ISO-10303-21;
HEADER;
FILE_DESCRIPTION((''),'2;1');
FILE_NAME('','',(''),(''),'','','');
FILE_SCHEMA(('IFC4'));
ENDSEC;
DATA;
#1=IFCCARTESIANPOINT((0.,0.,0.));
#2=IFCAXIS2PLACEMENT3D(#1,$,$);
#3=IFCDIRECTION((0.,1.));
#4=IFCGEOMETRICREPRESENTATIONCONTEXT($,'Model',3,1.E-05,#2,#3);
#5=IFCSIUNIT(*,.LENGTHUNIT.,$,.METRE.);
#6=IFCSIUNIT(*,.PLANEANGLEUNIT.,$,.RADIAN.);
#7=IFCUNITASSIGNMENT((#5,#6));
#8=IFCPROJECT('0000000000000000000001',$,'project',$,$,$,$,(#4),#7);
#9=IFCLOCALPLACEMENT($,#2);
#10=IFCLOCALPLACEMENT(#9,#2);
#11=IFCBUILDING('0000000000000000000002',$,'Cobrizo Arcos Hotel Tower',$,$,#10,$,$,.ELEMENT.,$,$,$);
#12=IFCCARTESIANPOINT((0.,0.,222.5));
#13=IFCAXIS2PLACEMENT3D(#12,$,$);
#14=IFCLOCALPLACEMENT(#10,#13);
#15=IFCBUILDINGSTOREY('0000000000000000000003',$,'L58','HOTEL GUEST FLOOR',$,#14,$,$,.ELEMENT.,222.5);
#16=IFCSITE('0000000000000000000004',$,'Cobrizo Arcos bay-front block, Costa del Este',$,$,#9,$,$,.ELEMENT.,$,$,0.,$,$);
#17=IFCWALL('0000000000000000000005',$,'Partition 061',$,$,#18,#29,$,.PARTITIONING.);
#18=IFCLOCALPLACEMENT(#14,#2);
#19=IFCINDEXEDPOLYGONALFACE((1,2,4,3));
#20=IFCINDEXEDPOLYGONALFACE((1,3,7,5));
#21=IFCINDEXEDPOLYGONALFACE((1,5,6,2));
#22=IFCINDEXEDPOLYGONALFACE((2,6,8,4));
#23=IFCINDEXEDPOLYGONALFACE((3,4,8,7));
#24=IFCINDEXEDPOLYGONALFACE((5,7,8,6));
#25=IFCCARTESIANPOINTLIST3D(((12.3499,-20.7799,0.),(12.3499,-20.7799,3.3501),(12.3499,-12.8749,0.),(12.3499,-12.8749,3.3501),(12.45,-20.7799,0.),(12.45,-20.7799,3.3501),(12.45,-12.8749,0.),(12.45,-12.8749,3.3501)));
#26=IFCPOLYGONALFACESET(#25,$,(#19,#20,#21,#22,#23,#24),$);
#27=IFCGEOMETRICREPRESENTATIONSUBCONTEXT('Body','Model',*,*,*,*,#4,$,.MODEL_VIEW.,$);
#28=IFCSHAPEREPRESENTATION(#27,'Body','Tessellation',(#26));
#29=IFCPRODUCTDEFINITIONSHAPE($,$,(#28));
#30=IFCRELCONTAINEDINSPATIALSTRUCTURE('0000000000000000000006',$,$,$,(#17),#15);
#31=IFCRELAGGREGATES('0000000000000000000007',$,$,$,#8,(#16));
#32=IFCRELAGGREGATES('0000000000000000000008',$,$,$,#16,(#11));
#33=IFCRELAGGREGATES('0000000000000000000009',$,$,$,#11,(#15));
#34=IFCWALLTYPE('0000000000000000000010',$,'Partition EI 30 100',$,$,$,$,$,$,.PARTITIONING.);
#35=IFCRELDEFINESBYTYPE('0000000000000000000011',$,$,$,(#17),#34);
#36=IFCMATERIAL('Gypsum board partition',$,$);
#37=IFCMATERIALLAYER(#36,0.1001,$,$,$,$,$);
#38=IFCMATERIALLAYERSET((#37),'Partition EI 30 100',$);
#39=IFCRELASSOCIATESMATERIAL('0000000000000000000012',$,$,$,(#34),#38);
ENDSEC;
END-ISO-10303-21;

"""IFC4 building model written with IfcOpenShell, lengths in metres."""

from ifc_helpers import new_model, si_unit, direction, frame, frame_2d, origin, place, context, subcontext, project, spatial, rectangle, extrude, material, layer, layer_set, type_object, element, save


model = new_model("IFC4")

# Units and contexts
model_context = context("Model", 3, precision=1e-05, world=origin(), true_north=direction((0.0, 1.0)))
body_context = subcontext(model_context, "Body", "Model", "MODEL_VIEW")
ifc_project = project(units=[si_unit("LENGTHUNIT", "METRE"), si_unit("PLANEANGLEUNIT", "RADIAN")], contexts=[model_context])

# Site, building, storey
site_placement = place(None, origin())
site = spatial("IfcSite", under=ifc_project, at=site_placement, Name="Cobrizo Arcos bay-front block, Costa del Este", CompositionType="ELEMENT", RefElevation=0.0)
building_placement = place(site_placement, origin())
building = spatial("IfcBuilding", under=site, at=building_placement, Name="Cobrizo Arcos Hotel Tower", CompositionType="ELEMENT")
storey_placement = place(building_placement, frame((0.0, 0.0, 222.5)))
storey = spatial("IfcBuildingStorey", under=building, at=storey_placement, Name="L58", Description="HOTEL GUEST FLOOR", CompositionType="ELEMENT", Elevation=222.5)

# Shared definitions
ifc_material_1 = material(Name="Gypsum board partition")
ifc_layer_1 = layer(ifc_material_1, 0.1001)
ifc_layer_set_1 = layer_set([ifc_layer_1], Name="Partition EI 30 100")
wall_type = type_object("IfcWallType", Name="Partition EI 30 100", PredefinedType="PARTITIONING", material=ifc_layer_set_1)

# Wall
wall_1_placement = place(storey_placement, frame((12.3999, -20.78, 0.0), z_axis=(0.0, 0.0, 1.0), x_axis=(0.0, 1.0, 0.0)))
element("IfcWall", 1, at=wall_1_placement, inside=storey, type_object=wall_type, Name="Partition 061", PredefinedType="PARTITIONING", context=body_context, shape_type="SweptSolid", body=[
    extrude(rectangle(XDim=7.905, YDim=0.1001, at=frame_2d((3.9526, 0.0))), origin(), (0.0, 0.0, 1.0), 3.3501),
])

save(model, "model.ifc")
